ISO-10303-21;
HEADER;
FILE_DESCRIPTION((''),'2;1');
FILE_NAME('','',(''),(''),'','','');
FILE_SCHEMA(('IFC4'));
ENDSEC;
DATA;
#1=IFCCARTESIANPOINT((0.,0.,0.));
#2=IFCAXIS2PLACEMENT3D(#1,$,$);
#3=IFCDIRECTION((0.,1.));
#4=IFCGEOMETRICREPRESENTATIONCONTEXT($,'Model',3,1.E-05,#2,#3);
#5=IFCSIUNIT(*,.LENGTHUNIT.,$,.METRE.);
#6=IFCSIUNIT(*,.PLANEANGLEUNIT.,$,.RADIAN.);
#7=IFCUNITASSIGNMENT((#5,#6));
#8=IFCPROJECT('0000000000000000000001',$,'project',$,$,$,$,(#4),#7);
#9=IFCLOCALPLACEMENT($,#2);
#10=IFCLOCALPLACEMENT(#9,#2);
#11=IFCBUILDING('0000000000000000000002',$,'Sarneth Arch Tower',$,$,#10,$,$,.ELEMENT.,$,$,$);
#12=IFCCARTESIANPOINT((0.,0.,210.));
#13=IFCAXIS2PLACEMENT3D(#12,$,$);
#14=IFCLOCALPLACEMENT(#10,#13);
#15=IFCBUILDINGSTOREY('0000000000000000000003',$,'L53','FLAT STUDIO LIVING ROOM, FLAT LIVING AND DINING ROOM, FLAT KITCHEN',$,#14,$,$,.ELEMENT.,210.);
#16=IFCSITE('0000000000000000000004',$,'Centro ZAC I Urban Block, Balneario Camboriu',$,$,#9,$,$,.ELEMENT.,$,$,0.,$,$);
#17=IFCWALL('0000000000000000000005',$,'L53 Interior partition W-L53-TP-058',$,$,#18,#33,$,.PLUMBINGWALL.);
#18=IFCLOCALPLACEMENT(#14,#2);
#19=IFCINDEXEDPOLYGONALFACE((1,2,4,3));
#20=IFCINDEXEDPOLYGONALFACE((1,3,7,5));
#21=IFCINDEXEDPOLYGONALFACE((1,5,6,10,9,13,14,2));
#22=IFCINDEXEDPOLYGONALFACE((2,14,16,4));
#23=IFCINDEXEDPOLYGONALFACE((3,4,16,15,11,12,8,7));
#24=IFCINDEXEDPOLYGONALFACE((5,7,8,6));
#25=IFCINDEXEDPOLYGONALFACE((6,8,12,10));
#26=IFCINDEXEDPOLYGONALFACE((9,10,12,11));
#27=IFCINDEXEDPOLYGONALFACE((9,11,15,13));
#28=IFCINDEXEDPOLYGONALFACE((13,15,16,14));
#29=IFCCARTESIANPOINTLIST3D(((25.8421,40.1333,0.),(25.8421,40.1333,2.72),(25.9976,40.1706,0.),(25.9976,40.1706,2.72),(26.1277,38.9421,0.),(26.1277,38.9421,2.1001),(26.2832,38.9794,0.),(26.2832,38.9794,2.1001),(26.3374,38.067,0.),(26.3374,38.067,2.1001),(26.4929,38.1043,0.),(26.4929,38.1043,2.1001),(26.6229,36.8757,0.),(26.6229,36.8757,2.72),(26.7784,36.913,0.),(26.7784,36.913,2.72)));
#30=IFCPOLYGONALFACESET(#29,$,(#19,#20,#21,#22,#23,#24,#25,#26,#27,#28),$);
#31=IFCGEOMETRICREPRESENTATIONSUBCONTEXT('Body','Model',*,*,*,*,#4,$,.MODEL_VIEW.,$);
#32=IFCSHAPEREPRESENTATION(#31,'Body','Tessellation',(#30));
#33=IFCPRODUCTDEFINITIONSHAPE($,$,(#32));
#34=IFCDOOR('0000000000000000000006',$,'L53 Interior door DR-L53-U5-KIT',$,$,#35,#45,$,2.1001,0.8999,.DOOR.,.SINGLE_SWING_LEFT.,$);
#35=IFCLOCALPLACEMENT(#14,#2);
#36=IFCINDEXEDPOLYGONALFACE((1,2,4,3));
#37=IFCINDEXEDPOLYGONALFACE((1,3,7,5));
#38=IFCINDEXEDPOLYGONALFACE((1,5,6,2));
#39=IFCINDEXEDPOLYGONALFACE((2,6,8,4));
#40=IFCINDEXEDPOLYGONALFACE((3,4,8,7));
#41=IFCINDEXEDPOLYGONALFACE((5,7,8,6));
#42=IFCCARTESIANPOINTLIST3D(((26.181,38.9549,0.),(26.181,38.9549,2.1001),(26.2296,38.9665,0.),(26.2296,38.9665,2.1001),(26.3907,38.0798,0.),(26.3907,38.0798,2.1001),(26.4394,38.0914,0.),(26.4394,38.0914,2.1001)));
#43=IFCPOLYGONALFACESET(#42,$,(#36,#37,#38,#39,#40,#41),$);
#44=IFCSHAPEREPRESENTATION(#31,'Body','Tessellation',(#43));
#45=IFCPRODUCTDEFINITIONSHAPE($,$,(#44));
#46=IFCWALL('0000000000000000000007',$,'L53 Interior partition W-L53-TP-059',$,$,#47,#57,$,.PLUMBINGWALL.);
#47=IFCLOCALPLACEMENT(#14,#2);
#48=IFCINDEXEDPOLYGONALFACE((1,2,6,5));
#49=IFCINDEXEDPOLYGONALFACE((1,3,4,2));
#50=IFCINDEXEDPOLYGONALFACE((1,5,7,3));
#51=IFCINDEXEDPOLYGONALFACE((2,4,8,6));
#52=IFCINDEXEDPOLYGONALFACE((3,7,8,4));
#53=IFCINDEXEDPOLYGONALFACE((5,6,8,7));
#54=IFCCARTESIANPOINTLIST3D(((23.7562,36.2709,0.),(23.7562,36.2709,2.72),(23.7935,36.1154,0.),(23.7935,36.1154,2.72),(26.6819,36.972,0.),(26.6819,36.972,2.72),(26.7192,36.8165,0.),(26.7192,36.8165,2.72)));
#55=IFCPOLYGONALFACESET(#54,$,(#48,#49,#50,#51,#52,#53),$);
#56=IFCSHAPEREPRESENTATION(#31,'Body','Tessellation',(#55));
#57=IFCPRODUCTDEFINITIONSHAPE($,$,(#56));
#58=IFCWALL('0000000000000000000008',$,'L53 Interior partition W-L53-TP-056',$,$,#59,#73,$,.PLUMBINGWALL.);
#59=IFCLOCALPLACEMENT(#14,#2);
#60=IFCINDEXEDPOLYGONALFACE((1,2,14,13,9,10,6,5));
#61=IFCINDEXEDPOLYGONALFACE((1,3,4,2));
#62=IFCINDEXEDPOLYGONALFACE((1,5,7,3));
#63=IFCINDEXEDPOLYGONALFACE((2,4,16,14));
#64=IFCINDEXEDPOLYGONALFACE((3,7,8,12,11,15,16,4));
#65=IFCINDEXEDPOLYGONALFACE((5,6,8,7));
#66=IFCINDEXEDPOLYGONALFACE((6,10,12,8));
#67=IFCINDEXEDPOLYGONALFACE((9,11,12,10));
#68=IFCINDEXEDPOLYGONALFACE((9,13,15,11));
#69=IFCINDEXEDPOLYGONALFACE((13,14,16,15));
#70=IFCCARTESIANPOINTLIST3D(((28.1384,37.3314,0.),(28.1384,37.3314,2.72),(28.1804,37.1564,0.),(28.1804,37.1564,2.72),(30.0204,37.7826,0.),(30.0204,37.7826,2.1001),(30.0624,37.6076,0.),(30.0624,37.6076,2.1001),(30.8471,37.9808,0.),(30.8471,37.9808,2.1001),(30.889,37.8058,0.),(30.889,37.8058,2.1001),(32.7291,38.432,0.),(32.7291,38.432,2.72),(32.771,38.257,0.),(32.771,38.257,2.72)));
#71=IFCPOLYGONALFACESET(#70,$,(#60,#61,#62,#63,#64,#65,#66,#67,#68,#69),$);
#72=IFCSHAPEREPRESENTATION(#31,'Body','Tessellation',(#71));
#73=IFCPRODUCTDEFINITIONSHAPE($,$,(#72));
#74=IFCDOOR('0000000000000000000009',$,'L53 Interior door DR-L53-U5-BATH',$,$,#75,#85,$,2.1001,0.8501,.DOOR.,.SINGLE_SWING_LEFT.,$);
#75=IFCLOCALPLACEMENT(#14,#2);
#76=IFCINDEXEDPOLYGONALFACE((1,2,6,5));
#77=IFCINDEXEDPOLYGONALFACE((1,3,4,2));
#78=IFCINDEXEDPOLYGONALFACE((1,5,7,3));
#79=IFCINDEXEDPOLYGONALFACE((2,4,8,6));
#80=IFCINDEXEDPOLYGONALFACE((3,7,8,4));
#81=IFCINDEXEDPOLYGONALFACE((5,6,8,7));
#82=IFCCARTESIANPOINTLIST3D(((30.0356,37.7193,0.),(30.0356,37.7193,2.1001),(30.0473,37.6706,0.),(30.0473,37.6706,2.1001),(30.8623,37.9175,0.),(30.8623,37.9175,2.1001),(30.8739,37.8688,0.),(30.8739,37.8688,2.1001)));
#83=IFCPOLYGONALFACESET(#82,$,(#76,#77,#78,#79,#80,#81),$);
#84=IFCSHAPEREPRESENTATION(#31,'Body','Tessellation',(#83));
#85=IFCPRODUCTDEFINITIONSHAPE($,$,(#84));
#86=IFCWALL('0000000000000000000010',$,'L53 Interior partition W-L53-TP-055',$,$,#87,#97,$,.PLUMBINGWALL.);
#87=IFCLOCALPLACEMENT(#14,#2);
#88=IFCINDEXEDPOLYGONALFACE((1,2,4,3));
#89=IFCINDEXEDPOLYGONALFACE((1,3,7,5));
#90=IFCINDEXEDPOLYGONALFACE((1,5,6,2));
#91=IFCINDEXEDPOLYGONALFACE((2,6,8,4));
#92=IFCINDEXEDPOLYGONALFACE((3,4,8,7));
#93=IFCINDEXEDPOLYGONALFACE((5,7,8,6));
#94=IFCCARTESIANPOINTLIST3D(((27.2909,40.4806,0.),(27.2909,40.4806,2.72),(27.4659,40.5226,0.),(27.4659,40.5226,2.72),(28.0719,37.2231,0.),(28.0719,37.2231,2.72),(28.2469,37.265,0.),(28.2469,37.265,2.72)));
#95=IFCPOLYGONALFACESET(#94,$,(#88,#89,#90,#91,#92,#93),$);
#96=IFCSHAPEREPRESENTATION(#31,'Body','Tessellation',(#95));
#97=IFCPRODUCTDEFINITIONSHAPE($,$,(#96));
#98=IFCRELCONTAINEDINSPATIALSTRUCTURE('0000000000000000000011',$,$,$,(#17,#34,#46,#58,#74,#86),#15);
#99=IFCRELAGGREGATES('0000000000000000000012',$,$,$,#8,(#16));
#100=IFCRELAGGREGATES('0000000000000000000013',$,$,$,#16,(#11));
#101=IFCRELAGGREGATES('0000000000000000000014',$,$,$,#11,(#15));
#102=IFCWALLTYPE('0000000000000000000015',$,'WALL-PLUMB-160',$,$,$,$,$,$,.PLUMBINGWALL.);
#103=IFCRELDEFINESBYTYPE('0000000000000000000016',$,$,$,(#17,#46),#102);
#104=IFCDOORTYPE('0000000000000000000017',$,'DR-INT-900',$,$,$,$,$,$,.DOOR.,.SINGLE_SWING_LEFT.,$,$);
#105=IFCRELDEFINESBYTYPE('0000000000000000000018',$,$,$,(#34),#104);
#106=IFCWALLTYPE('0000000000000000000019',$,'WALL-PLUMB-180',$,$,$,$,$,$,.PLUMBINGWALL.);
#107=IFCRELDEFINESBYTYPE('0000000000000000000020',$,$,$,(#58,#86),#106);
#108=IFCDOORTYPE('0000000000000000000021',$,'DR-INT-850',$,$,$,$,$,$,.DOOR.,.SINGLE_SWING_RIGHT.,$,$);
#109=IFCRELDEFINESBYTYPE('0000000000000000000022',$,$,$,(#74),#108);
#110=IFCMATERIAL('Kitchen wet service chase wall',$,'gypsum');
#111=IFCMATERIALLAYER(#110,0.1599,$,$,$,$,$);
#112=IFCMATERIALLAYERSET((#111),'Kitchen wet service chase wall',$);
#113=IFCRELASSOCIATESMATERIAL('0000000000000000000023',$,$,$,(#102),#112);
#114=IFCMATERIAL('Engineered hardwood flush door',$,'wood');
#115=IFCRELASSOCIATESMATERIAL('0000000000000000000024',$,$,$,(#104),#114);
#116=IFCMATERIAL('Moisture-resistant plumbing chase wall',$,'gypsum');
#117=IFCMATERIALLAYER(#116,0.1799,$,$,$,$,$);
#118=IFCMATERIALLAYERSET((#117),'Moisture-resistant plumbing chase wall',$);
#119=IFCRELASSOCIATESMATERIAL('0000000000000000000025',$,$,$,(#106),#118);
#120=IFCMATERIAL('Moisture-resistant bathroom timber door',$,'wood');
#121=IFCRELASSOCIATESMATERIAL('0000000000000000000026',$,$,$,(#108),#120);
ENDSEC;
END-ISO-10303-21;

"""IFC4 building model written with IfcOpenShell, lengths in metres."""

from ifc_helpers import new_model, si_unit, direction, frame, frame_2d, origin, place, context, subcontext, project, spatial, rectangle, extrude, material, layer, layer_set, type_object, element, fill, save


model = new_model("IFC4")

# Units and contexts
model_context = context("Model", 3, precision=1e-05, world=origin(), true_north=direction((0.0, 1.0)))
body_context = subcontext(model_context, "Body", "Model", "MODEL_VIEW")
ifc_project = project(units=[si_unit("LENGTHUNIT", "METRE"), si_unit("PLANEANGLEUNIT", "RADIAN")], contexts=[model_context])

# Site, building, storey
site_placement = place(None, origin())
site = spatial("IfcSite", under=ifc_project, at=site_placement, Name="Centro ZAC I Urban Block, Balneario Camboriu", CompositionType="ELEMENT", RefElevation=0.0)
building_placement = place(site_placement, origin())
building = spatial("IfcBuilding", under=site, at=building_placement, Name="Sarneth Arch Tower", CompositionType="ELEMENT")
storey_placement = place(building_placement, frame((0.0, 0.0, 210.0)))
storey = spatial("IfcBuildingStorey", under=building, at=storey_placement, Name="L53", Description="FLAT STUDIO LIVING ROOM, FLAT LIVING AND DINING ROOM, FLAT KITCHEN", CompositionType="ELEMENT", Elevation=210.0)

# Wall, opening, door
ifc_material_1 = material(Name="Kitchen wet service chase wall", Category="gypsum")
ifc_layer_1 = layer(ifc_material_1, 0.1599)
ifc_layer_set_1 = layer_set([ifc_layer_1], Name="Kitchen wet service chase wall")
wall_type_1 = type_object("IfcWallType", Name="WALL-PLUMB-160", PredefinedType="PLUMBINGWALL", material=ifc_layer_set_1)
wall_1_placement = place(storey_placement, frame((25.9199, 40.1519, 0.0), z_axis=(0.0, 0.0, 1.0), x_axis=(0.233075, -0.972459, 0.0)))
wall_1 = element("IfcWall", 1, at=wall_1_placement, inside=storey, type_object=wall_type_1, Name="L53 Interior partition W-L53-TP-058", PredefinedType="PLUMBINGWALL", context=body_context, shape_type="SweptSolid", body=[
    extrude(rectangle(XDim=3.3499, YDim=0.1599, at=frame_2d((1.6748, 0.0))), origin(), (0.0, 0.0, 1.0), 2.72),
])
opening_1_placement = place(wall_1_placement, frame((1.2249, 0.0, 0.0)))
opening_1 = element("IfcOpeningElement", 2, at=opening_1_placement, cuts=wall_1, PredefinedType="OPENING", context=body_context, shape_type="SweptSolid", body=[
    extrude(rectangle(XDim=0.8999, YDim=2.1001, at=frame_2d((0.45, 1.05))), frame((0.0, 0.0898, 0.0), z_axis=(0.0, -1.0, 0.0), x_axis=(1.0, 0.0, 0.0)), (0.0, 0.0, 1.0), 0.1799),
])
ifc_material_2 = material(Name="Engineered hardwood flush door", Category="wood")
door_type_1 = type_object("IfcDoorType", Name="DR-INT-900", OperationType="SINGLE_SWING_LEFT", PredefinedType="DOOR", material=ifc_material_2)
door_1_placement = place(opening_1_placement, origin())
door_1 = element("IfcDoor", 3, at=door_1_placement, inside=storey, type_object=door_type_1, Name="L53 Interior door DR-L53-U5-KIT", OperationType="SINGLE_SWING_LEFT", OverallHeight=2.1001, OverallWidth=0.8999, PredefinedType="DOOR", context=body_context, shape_type="SweptSolid", body=[
    extrude(rectangle(XDim=0.8999, YDim=2.1001, at=frame_2d((0.45, 1.05))), frame((0.0, 0.0249, 0.0), z_axis=(0.0, -1.0, 0.0), x_axis=(1.0, 0.0, 0.0)), (0.0, 0.0, 1.0), 0.05),
])
fill(opening_1, door_1)

# Wall
wall_2_placement = place(storey_placement, frame((26.7007, 36.8943, 0.0), z_axis=(0.0, 0.0, 1.0), x_axis=(-0.972464, -0.233054, 0.0)))
element("IfcWall", 4, at=wall_2_placement, inside=storey, type_object=wall_type_1, Name="L53 Interior partition W-L53-TP-059", PredefinedType="PLUMBINGWALL", context=body_context, shape_type="SweptSolid", body=[
    extrude(rectangle(XDim=3.0085, YDim=0.1599, at=frame_2d((1.5044, 0.0))), origin(), (0.0, 0.0, 1.0), 2.72),
])

# Wall, opening, door
ifc_material_3 = material(Name="Moisture-resistant plumbing chase wall", Category="gypsum")
ifc_layer_2 = layer(ifc_material_3, 0.1799)
ifc_layer_set_2 = layer_set([ifc_layer_2], Name="Moisture-resistant plumbing chase wall")
wall_type_2 = type_object("IfcWallType", Name="WALL-PLUMB-180", PredefinedType="PLUMBINGWALL", material=ifc_layer_set_2)
wall_3_placement = place(storey_placement, frame((28.1594, 37.2439, 0.0), z_axis=(0.0, 0.0, 1.0), x_axis=(0.972443, 0.233142, 0.0)))
wall_3 = element("IfcWall", 5, at=wall_3_placement, inside=storey, type_object=wall_type_2, Name="L53 Interior partition W-L53-TP-056", PredefinedType="PLUMBINGWALL", context=body_context, shape_type="SweptSolid", body=[
    extrude(rectangle(XDim=4.7207, YDim=0.1799, at=frame_2d((2.3604, 0.0))), origin(), (0.0, 0.0, 1.0), 2.72),
])
opening_2_placement = place(wall_3_placement, frame((1.9353, 0.0, 0.0)))
opening_2 = element("IfcOpeningElement", 6, at=opening_2_placement, cuts=wall_3, PredefinedType="OPENING", context=body_context, shape_type="SweptSolid", body=[
    extrude(rectangle(XDim=0.8501, YDim=2.1001, at=frame_2d((0.425, 1.05))), frame((0.0, 0.0999, 0.0), z_axis=(0.0, -1.0, 0.0), x_axis=(1.0, 0.0, 0.0)), (0.0, 0.0, 1.0), 0.2),
])
ifc_material_4 = material(Name="Moisture-resistant bathroom timber door", Category="wood")
door_type_2 = type_object("IfcDoorType", Name="DR-INT-850", OperationType="SINGLE_SWING_RIGHT", PredefinedType="DOOR", material=ifc_material_4)
door_2_placement = place(opening_2_placement, origin())
door_2 = element("IfcDoor", 7, at=door_2_placement, inside=storey, type_object=door_type_2, Name="L53 Interior door DR-L53-U5-BATH", OperationType="SINGLE_SWING_LEFT", OverallHeight=2.1001, OverallWidth=0.8501, PredefinedType="DOOR", context=body_context, shape_type="SweptSolid", body=[
    extrude(rectangle(XDim=0.8501, YDim=2.1001, at=frame_2d((0.425, 1.05))), frame((0.0, 0.0249, 0.0), z_axis=(0.0, -1.0, 0.0), x_axis=(1.0, 0.0, 0.0)), (0.0, 0.0, 1.0), 0.05),
])
fill(opening_2, door_2)

# Wall
wall_4_placement = place(storey_placement, frame((27.3784, 40.5015, 0.0), z_axis=(0.0, 0.0, 1.0), x_axis=(0.233144, -0.972442, 0.0)))
element("IfcWall", 8, at=wall_4_placement, inside=storey, type_object=wall_type_2, Name="L53 Interior partition W-L53-TP-055", PredefinedType="PLUMBINGWALL", context=body_context, shape_type="SweptSolid", body=[
    extrude(rectangle(XDim=3.3499, YDim=0.1799, at=frame_2d((1.6748, 0.0))), origin(), (0.0, 0.0, 1.0), 2.72),
])

save(model, "model.ifc")
